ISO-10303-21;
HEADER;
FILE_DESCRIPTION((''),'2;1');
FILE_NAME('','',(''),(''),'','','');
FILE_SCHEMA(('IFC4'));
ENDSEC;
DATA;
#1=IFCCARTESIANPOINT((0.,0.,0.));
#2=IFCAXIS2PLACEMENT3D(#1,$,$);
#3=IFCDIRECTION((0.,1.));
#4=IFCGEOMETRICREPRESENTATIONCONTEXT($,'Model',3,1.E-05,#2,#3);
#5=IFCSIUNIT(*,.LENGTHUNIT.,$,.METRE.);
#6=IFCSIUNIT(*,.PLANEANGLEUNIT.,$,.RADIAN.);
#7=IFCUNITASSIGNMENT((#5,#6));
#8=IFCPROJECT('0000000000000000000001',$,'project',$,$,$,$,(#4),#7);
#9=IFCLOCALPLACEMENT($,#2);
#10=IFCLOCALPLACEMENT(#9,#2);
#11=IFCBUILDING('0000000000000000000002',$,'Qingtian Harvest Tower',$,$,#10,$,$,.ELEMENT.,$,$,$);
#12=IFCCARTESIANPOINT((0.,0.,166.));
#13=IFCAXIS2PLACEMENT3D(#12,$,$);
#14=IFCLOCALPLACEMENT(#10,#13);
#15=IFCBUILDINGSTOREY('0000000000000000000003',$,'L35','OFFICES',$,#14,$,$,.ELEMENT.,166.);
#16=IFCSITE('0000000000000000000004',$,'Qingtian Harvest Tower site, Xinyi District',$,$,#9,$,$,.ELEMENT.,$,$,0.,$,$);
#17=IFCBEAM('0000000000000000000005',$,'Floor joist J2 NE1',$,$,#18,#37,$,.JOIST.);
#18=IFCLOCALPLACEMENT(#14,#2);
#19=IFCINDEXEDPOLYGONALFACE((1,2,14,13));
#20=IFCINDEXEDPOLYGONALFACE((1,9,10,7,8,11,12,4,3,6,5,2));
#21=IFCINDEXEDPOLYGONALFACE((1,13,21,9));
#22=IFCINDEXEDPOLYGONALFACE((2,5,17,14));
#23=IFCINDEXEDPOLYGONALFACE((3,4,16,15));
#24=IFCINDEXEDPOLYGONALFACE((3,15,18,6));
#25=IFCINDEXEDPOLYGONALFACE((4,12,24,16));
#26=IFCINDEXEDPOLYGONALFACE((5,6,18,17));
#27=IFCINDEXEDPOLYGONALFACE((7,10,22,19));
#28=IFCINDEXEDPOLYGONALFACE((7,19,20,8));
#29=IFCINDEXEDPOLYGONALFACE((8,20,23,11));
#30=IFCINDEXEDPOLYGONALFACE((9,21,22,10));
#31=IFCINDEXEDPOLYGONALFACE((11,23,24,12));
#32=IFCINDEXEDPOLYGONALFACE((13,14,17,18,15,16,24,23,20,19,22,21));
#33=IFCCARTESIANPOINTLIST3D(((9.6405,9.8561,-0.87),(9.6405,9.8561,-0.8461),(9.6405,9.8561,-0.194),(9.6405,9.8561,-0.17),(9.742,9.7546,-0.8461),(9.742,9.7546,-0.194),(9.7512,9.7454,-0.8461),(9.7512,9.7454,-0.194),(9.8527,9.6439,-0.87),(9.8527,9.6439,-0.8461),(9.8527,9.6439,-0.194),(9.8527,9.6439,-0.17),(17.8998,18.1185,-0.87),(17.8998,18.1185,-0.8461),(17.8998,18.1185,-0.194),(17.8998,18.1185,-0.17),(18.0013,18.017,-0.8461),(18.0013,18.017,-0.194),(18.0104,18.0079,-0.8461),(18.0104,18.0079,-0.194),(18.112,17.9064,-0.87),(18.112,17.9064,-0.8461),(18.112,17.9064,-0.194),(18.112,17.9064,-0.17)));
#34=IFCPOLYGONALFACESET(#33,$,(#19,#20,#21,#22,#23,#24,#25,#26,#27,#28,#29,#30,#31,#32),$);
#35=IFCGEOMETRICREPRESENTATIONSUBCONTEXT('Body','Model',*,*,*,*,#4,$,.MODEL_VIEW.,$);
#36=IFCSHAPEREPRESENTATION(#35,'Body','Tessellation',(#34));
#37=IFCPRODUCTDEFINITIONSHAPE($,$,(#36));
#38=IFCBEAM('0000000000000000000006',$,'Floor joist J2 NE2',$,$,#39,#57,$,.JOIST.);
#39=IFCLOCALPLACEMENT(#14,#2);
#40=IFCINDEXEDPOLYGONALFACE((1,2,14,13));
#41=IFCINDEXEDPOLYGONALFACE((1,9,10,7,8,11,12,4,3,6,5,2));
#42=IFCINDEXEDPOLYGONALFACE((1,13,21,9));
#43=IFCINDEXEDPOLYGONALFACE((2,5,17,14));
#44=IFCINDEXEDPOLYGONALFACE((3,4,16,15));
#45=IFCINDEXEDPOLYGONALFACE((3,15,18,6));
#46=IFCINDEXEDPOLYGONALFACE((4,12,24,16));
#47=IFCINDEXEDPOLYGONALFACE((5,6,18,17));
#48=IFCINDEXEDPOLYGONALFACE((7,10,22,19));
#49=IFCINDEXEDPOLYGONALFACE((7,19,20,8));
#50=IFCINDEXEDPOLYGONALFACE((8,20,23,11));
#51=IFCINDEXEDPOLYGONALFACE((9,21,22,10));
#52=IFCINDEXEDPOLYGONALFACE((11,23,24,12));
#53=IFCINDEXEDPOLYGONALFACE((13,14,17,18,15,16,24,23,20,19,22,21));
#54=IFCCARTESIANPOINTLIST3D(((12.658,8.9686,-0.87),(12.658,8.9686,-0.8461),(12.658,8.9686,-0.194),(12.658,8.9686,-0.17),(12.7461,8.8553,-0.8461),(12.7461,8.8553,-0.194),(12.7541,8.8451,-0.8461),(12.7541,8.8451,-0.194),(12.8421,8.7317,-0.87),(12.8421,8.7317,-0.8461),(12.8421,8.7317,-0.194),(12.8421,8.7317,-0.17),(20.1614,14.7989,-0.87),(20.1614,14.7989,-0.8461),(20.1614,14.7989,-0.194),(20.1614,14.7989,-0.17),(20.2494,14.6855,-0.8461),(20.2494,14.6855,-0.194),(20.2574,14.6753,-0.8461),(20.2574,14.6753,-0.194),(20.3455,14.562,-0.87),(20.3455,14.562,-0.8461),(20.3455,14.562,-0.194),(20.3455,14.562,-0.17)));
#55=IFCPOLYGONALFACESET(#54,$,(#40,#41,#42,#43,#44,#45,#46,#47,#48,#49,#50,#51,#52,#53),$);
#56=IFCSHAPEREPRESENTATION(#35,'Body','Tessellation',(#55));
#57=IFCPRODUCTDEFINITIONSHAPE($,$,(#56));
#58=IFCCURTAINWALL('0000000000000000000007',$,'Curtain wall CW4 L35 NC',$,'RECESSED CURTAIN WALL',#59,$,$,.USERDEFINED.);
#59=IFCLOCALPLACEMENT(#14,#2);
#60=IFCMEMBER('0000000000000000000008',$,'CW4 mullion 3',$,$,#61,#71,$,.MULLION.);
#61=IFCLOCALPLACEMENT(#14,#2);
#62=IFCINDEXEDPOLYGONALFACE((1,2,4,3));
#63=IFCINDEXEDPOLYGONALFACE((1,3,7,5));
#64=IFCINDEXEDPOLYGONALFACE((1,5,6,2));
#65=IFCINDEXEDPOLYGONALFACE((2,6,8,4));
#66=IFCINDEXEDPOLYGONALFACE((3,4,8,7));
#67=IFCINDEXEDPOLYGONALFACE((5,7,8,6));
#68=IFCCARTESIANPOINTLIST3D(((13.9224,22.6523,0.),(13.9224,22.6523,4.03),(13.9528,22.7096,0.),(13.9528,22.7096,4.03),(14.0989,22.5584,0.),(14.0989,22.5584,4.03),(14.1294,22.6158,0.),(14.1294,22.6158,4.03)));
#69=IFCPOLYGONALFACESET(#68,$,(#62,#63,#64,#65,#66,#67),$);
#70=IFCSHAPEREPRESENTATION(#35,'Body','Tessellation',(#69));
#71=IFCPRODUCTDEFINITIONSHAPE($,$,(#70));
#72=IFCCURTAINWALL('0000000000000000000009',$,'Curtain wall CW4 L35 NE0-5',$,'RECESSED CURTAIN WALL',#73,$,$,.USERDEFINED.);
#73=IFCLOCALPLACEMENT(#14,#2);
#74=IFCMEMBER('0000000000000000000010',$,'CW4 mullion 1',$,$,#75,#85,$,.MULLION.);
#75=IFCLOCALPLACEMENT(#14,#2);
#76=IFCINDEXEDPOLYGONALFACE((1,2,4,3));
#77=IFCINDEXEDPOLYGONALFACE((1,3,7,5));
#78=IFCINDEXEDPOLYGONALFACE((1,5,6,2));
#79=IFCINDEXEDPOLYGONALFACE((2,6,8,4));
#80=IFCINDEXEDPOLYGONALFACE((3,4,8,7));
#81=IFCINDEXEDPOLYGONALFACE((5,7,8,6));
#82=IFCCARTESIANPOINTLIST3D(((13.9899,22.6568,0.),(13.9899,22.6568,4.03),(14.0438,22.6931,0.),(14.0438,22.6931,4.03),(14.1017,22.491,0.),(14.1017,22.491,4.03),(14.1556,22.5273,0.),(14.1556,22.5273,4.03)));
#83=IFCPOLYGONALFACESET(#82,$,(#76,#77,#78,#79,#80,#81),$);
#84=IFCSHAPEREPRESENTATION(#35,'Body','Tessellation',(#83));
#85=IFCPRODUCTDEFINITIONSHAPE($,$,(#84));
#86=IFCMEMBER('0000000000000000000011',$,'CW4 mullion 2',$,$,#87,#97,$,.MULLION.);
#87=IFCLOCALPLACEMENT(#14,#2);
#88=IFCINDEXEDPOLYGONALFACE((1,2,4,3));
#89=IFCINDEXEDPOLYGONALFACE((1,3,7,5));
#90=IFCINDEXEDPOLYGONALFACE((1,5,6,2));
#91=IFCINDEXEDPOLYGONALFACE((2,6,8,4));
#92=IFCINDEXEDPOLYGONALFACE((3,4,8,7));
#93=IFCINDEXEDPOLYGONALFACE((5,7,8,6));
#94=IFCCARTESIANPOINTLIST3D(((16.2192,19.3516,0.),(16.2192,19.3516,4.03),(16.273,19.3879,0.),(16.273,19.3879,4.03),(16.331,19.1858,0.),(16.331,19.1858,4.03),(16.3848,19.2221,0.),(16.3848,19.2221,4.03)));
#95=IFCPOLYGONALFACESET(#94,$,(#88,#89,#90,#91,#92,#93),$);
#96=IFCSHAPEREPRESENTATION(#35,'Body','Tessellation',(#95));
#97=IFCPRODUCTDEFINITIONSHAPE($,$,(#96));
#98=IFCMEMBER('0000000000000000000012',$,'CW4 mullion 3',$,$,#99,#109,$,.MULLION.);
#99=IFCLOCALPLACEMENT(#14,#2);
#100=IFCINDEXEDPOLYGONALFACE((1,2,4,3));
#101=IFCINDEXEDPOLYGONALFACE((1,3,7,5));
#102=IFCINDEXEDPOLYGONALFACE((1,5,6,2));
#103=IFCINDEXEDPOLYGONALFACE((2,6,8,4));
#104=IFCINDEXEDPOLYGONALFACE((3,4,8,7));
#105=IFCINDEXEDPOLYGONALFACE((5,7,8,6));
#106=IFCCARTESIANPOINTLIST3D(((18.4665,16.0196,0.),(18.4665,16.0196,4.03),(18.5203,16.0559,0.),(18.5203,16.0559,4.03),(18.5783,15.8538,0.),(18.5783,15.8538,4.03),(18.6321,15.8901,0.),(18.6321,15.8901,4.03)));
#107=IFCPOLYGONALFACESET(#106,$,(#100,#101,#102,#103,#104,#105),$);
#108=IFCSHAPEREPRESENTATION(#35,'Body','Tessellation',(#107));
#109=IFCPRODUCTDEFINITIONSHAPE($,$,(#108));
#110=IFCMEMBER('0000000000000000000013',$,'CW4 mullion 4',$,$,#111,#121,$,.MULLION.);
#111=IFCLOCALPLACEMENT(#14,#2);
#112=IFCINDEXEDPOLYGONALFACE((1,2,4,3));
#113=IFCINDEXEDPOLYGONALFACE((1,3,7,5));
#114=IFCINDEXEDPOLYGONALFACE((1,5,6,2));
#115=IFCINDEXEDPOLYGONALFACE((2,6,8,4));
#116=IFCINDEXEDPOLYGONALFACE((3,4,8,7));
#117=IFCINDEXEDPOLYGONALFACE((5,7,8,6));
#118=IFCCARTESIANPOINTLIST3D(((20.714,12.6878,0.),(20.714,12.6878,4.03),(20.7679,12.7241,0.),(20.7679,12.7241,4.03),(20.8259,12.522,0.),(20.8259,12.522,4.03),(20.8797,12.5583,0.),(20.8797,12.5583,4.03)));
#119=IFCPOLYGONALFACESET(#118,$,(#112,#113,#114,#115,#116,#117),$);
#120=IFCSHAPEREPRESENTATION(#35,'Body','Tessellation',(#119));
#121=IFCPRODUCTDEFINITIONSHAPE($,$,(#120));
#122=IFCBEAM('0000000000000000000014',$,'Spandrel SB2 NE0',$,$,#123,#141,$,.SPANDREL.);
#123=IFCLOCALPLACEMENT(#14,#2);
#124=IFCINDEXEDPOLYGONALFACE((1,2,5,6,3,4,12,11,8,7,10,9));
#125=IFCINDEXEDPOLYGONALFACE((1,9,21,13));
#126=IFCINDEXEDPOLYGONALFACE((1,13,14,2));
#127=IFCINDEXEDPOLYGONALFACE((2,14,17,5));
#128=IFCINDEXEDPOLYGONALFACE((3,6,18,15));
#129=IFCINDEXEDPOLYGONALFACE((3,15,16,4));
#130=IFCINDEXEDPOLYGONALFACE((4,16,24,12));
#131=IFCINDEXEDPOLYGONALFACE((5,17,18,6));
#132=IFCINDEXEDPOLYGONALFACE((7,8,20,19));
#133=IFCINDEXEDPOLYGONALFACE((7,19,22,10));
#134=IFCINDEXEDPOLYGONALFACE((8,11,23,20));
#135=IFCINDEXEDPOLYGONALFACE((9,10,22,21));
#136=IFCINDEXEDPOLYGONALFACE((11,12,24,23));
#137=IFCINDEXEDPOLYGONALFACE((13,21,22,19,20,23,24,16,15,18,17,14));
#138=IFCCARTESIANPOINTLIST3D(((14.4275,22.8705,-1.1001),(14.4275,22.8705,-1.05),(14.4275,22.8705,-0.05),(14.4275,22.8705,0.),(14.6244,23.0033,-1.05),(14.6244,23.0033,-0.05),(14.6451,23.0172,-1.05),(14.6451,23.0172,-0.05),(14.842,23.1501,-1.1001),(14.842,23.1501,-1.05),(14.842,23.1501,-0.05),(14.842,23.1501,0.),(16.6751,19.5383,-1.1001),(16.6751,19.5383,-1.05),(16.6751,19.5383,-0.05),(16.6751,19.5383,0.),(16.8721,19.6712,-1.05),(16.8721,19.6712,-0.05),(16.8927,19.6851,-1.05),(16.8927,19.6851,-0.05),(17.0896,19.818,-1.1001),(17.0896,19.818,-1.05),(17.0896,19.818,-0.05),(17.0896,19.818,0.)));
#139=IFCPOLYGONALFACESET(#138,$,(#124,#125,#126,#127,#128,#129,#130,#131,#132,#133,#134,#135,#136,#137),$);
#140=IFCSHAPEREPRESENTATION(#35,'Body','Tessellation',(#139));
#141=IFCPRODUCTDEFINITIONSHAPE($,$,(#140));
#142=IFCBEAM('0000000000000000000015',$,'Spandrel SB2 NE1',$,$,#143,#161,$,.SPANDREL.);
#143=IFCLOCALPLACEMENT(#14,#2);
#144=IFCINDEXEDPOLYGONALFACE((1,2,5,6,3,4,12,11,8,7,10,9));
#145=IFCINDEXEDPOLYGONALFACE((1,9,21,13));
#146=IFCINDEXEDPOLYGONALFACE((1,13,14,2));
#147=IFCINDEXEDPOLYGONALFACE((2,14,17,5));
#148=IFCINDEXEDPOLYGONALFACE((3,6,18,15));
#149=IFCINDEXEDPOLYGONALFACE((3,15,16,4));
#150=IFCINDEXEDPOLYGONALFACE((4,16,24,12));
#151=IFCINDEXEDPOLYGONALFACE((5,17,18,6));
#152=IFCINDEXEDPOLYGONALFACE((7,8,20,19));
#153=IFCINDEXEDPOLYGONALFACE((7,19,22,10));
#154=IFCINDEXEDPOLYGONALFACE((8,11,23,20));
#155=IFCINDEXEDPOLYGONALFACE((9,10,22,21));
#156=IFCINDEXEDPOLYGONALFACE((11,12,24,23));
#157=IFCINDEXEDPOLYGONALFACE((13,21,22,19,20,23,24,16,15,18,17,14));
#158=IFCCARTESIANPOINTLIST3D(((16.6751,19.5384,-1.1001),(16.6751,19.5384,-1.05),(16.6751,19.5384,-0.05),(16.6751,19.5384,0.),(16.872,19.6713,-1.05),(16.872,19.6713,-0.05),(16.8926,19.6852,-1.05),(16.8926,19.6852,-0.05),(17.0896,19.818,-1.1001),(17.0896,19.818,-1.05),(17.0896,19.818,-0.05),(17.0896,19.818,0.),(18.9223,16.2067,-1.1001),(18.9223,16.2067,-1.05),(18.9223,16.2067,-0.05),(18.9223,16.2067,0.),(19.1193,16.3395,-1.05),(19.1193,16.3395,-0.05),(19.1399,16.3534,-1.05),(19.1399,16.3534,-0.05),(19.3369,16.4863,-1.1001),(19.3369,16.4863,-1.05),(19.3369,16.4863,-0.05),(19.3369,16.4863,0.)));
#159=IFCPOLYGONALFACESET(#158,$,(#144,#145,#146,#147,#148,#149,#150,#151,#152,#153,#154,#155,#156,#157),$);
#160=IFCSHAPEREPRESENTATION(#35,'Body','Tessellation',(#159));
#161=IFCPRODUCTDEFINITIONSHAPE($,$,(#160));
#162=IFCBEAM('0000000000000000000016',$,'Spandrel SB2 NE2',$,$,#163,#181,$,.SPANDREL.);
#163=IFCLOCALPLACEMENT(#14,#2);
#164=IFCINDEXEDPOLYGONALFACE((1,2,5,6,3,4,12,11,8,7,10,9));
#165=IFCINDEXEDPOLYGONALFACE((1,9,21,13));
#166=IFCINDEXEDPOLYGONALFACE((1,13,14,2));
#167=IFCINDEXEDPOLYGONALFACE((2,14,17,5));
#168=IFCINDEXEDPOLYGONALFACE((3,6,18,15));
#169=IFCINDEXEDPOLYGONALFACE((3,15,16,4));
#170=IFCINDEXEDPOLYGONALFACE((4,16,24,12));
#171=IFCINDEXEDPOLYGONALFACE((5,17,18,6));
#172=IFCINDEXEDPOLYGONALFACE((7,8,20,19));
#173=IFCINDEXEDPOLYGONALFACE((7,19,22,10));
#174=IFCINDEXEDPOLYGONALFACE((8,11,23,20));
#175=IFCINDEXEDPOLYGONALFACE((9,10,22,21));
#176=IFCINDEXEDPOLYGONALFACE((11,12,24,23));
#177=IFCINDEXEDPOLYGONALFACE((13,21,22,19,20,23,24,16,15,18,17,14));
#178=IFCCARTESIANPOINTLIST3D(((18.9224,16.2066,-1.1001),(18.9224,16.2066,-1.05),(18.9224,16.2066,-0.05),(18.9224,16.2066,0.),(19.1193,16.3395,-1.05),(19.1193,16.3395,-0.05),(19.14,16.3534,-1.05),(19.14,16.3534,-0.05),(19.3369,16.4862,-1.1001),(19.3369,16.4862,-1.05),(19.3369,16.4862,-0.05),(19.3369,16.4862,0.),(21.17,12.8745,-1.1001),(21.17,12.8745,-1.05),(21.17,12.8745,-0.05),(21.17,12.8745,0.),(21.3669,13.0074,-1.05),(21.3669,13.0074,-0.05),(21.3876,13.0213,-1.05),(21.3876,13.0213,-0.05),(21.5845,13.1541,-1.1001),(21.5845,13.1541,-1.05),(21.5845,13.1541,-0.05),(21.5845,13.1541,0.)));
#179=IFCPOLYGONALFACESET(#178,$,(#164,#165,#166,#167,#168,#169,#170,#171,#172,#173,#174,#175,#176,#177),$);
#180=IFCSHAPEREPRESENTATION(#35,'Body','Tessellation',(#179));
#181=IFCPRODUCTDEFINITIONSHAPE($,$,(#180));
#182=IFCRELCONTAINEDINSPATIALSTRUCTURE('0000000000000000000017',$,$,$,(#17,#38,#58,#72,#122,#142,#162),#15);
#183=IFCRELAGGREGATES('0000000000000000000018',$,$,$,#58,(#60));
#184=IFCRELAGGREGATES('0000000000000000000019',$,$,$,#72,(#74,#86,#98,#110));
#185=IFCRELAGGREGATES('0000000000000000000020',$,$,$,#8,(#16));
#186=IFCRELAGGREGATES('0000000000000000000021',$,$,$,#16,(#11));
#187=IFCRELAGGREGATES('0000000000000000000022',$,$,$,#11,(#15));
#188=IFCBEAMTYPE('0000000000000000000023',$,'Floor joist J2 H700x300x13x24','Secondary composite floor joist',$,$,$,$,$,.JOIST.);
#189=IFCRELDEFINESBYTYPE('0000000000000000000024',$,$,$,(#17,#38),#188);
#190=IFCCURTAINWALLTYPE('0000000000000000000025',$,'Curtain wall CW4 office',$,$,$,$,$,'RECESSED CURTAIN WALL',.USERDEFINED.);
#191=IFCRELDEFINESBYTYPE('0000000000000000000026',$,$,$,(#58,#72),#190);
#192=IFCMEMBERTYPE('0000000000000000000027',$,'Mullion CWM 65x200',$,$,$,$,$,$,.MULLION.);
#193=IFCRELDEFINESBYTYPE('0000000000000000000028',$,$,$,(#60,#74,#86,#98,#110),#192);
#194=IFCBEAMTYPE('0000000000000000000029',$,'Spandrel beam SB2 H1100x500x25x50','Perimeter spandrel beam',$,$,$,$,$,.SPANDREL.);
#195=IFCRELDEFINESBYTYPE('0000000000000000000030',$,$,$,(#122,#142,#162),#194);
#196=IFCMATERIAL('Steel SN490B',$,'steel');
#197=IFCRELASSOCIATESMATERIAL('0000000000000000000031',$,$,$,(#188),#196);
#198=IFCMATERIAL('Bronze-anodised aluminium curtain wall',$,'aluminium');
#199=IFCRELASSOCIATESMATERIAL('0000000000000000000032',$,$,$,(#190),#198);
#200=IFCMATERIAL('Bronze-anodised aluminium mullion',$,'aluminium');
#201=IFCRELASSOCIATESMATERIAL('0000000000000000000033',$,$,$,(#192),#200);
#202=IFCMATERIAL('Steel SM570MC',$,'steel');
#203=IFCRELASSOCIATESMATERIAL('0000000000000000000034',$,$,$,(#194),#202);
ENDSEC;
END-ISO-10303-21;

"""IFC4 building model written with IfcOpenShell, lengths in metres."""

from ifc_helpers import new_model, si_unit, direction, frame, origin, origin_2d, place, context, subcontext, project, spatial, rectangle, i_section, extrude, material, material_profile, profile_set, type_object, element, aggregate, save


model = new_model("IFC4")

# Units and contexts
model_context = context("Model", 3, precision=1e-05, world=origin(), true_north=direction((0.0, 1.0)))
body_context = subcontext(model_context, "Body", "Model", "MODEL_VIEW")
ifc_project = project(units=[si_unit("LENGTHUNIT", "METRE"), si_unit("PLANEANGLEUNIT", "RADIAN")], contexts=[model_context])

# Site, building, storey
site_placement = place(None, origin())
site = spatial("IfcSite", under=ifc_project, at=site_placement, Name="Qingtian Harvest Tower site, Xinyi District", CompositionType="ELEMENT", RefElevation=0.0)
building_placement = place(site_placement, origin())
building = spatial("IfcBuilding", under=site, at=building_placement, Name="Qingtian Harvest Tower", CompositionType="ELEMENT")
storey_placement = place(building_placement, frame((0.0, 0.0, 166.0)))
storey = spatial("IfcBuildingStorey", under=building, at=storey_placement, Name="L35", Description="OFFICES", CompositionType="ELEMENT", Elevation=166.0)

# Beams
ifc_material_1 = material(Name="Steel SN490B", Category="steel")
ifc_material_profile_1 = material_profile(ifc_material_1, i_section(OverallWidth=0.3, OverallDepth=0.7, WebThickness=0.0129, FlangeThickness=0.0239, at=origin_2d()), Name="H700x300x13x24")
ifc_profile_set_1 = profile_set([ifc_material_profile_1], Name="Steel SN490B")
beam_type_1 = type_object("IfcBeamType", Name="Floor joist J2 H700x300x13x24", Description="Secondary composite floor joist", PredefinedType="JOIST", material=ifc_profile_set_1)
beam_1_placement = place(storey_placement, frame((18.0059, 18.0125, -0.52), z_axis=(-0.706971, -0.707243, 0.0), x_axis=(0.707243, -0.706971, 0.0)))
element("IfcBeam", 1, at=beam_1_placement, inside=storey, type_object=beam_type_1, Name="Floor joist J2 NE1", PredefinedType="JOIST", context=body_context, shape_type="SweptSolid", body=[
    extrude(i_section(OverallWidth=0.3, OverallDepth=0.7, WebThickness=0.0129, FlangeThickness=0.0239, at=origin_2d()), origin(), (0.0, 0.0, 1.0), 11.6826),
])
beam_2_placement = place(storey_placement, frame((20.2534, 14.6804, -0.52), z_axis=(-0.789641, -0.613569, 0.0), x_axis=(0.613569, -0.789641, 0.0)))
element("IfcBeam", 2, at=beam_2_placement, inside=storey, type_object=beam_type_1, Name="Floor joist J2 NE2", PredefinedType="JOIST", context=body_context, shape_type="SweptSolid", body=[
    extrude(i_section(OverallWidth=0.3, OverallDepth=0.7, WebThickness=0.0129, FlangeThickness=0.0239, at=origin_2d()), origin(), (0.0, 0.0, 1.0), 9.5022),
])

# Curtain wall, member
ifc_material_2 = material(Name="Bronze-anodised aluminium curtain wall", Category="aluminium")
curtain_wall_type = type_object("IfcCurtainWallType", Name="Curtain wall CW4 office", ElementType="RECESSED CURTAIN WALL", PredefinedType="USERDEFINED", material=ifc_material_2)
curtain_wall_1_placement = place(storey_placement, origin())
curtain_wall_1 = element("IfcCurtainWall", 3, at=curtain_wall_1_placement, inside=storey, type_object=curtain_wall_type, Name="Curtain wall CW4 L35 NC", ObjectType="RECESSED CURTAIN WALL", PredefinedType="USERDEFINED")
ifc_material_3 = material(Name="Bronze-anodised aluminium mullion", Category="aluminium")
ifc_material_profile_2 = material_profile(ifc_material_3, rectangle(XDim=0.0649, YDim=0.2, at=origin_2d()), Name="AL 65x200")
ifc_profile_set_2 = profile_set([ifc_material_profile_2], Name="Bronze-anodised aluminium mullion")
member_type_1 = type_object("IfcMemberType", Name="Mullion CWM 65x200", PredefinedType="MULLION", material=ifc_profile_set_2)
member_1_placement = place(storey_placement, frame((14.0259, 22.634, 0.0), z_axis=(0.0, 0.0, 1.0), x_axis=(0.469472, 0.882948, 0.0)))
member_1 = element("IfcMember", 4, at=member_1_placement, type_object=member_type_1, Name="CW4 mullion 3", PredefinedType="MULLION", context=body_context, shape_type="SweptSolid", body=[
    extrude(rectangle(XDim=0.0649, YDim=0.2, at=origin_2d()), origin(), (0.0, 0.0, 1.0), 4.03),
])

# Curtain wall, members
curtain_wall_2_placement = place(storey_placement, origin())
curtain_wall_2 = element("IfcCurtainWall", 5, at=curtain_wall_2_placement, inside=storey, type_object=curtain_wall_type, Name="Curtain wall CW4 L35 NE0-5", ObjectType="RECESSED CURTAIN WALL", PredefinedType="USERDEFINED")
member_2_placement = place(storey_placement, frame((14.0728, 22.592, 0.0), z_axis=(0.0, 0.0, 1.0), x_axis=(0.829038, 0.559193, 0.0)))
member_2 = element("IfcMember", 6, at=member_2_placement, type_object=member_type_1, Name="CW4 mullion 1", PredefinedType="MULLION", context=body_context, shape_type="SweptSolid", body=[
    extrude(rectangle(XDim=0.0649, YDim=0.2, at=origin_2d()), origin(), (0.0, 0.0, 1.0), 4.03),
])
member_3_placement = place(storey_placement, frame((16.302, 19.2869, 0.0), z_axis=(0.0, 0.0, 1.0), x_axis=(0.829038, 0.559193, 0.0)))
member_3 = element("IfcMember", 7, at=member_3_placement, type_object=member_type_1, Name="CW4 mullion 2", PredefinedType="MULLION", context=body_context, shape_type="SweptSolid", body=[
    extrude(rectangle(XDim=0.0649, YDim=0.2, at=origin_2d()), origin(), (0.0, 0.0, 1.0), 4.03),
])
member_4_placement = place(storey_placement, frame((18.5493, 15.9548, 0.0), z_axis=(0.0, 0.0, 1.0), x_axis=(0.829038, 0.559193, 0.0)))
member_4 = element("IfcMember", 8, at=member_4_placement, type_object=member_type_1, Name="CW4 mullion 3", PredefinedType="MULLION", context=body_context, shape_type="SweptSolid", body=[
    extrude(rectangle(XDim=0.0649, YDim=0.2, at=origin_2d()), origin(), (0.0, 0.0, 1.0), 4.03),
])
member_5_placement = place(storey_placement, frame((20.7969, 12.623, 0.0), z_axis=(0.0, 0.0, 1.0), x_axis=(0.829038, 0.559193, 0.0)))
member_5 = element("IfcMember", 9, at=member_5_placement, type_object=member_type_1, Name="CW4 mullion 4", PredefinedType="MULLION", context=body_context, shape_type="SweptSolid", body=[
    extrude(rectangle(XDim=0.0649, YDim=0.2, at=origin_2d()), origin(), (0.0, 0.0, 1.0), 4.03),
])

# Beams
ifc_material_4 = material(Name="Steel SM570MC", Category="steel")
ifc_material_profile_3 = material_profile(ifc_material_4, i_section(OverallWidth=0.5, OverallDepth=1.1001, WebThickness=0.0249, FlangeThickness=0.05, at=origin_2d()), Name="H1100x500x25x50")
ifc_profile_set_3 = profile_set([ifc_material_profile_3], Name="Steel SM570MC")
beam_type_2 = type_object("IfcBeamType", Name="Spandrel beam SB2 H1100x500x25x50", Description="Perimeter spandrel beam", PredefinedType="SPANDREL", material=ifc_profile_set_3)
beam_3_placement = place(storey_placement, frame((14.6348, 23.0103, -0.55), z_axis=(0.559206, -0.829029, 0.0), x_axis=(0.829029, 0.559206, 0.0)))
element("IfcBeam", 10, at=beam_3_placement, inside=storey, type_object=beam_type_2, Name="Spandrel SB2 NE0", PredefinedType="SPANDREL", context=body_context, shape_type="SweptSolid", body=[
    extrude(i_section(OverallWidth=0.5, OverallDepth=1.1001, WebThickness=0.0249, FlangeThickness=0.05, at=origin_2d()), origin(), (0.0, 0.0, 1.0), 4.0193),
])
beam_4_placement = place(storey_placement, frame((16.8823, 19.6782, -0.55), z_axis=(0.559192, -0.829038, 0.0), x_axis=(0.829038, 0.559192, 0.0)))
element("IfcBeam", 11, at=beam_4_placement, inside=storey, type_object=beam_type_2, Name="Spandrel SB2 NE1", PredefinedType="SPANDREL", context=body_context, shape_type="SweptSolid", body=[
    extrude(i_section(OverallWidth=0.5, OverallDepth=1.1001, WebThickness=0.0249, FlangeThickness=0.05, at=origin_2d()), origin(), (0.0, 0.0, 1.0), 4.0188),
])
beam_5_placement = place(storey_placement, frame((19.1296, 16.3464, -0.55), z_axis=(0.559206, -0.829029, 0.0), x_axis=(0.829029, 0.559206, 0.0)))
element("IfcBeam", 12, at=beam_5_placement, inside=storey, type_object=beam_type_2, Name="Spandrel SB2 NE2", PredefinedType="SPANDREL", context=body_context, shape_type="SweptSolid", body=[
    extrude(i_section(OverallWidth=0.5, OverallDepth=1.1001, WebThickness=0.0249, FlangeThickness=0.05, at=origin_2d()), origin(), (0.0, 0.0, 1.0), 4.0193),
])

aggregate(curtain_wall_1, [member_1])
aggregate(curtain_wall_2, [member_2, member_3, member_4, member_5])

save(model, "model.ifc")
